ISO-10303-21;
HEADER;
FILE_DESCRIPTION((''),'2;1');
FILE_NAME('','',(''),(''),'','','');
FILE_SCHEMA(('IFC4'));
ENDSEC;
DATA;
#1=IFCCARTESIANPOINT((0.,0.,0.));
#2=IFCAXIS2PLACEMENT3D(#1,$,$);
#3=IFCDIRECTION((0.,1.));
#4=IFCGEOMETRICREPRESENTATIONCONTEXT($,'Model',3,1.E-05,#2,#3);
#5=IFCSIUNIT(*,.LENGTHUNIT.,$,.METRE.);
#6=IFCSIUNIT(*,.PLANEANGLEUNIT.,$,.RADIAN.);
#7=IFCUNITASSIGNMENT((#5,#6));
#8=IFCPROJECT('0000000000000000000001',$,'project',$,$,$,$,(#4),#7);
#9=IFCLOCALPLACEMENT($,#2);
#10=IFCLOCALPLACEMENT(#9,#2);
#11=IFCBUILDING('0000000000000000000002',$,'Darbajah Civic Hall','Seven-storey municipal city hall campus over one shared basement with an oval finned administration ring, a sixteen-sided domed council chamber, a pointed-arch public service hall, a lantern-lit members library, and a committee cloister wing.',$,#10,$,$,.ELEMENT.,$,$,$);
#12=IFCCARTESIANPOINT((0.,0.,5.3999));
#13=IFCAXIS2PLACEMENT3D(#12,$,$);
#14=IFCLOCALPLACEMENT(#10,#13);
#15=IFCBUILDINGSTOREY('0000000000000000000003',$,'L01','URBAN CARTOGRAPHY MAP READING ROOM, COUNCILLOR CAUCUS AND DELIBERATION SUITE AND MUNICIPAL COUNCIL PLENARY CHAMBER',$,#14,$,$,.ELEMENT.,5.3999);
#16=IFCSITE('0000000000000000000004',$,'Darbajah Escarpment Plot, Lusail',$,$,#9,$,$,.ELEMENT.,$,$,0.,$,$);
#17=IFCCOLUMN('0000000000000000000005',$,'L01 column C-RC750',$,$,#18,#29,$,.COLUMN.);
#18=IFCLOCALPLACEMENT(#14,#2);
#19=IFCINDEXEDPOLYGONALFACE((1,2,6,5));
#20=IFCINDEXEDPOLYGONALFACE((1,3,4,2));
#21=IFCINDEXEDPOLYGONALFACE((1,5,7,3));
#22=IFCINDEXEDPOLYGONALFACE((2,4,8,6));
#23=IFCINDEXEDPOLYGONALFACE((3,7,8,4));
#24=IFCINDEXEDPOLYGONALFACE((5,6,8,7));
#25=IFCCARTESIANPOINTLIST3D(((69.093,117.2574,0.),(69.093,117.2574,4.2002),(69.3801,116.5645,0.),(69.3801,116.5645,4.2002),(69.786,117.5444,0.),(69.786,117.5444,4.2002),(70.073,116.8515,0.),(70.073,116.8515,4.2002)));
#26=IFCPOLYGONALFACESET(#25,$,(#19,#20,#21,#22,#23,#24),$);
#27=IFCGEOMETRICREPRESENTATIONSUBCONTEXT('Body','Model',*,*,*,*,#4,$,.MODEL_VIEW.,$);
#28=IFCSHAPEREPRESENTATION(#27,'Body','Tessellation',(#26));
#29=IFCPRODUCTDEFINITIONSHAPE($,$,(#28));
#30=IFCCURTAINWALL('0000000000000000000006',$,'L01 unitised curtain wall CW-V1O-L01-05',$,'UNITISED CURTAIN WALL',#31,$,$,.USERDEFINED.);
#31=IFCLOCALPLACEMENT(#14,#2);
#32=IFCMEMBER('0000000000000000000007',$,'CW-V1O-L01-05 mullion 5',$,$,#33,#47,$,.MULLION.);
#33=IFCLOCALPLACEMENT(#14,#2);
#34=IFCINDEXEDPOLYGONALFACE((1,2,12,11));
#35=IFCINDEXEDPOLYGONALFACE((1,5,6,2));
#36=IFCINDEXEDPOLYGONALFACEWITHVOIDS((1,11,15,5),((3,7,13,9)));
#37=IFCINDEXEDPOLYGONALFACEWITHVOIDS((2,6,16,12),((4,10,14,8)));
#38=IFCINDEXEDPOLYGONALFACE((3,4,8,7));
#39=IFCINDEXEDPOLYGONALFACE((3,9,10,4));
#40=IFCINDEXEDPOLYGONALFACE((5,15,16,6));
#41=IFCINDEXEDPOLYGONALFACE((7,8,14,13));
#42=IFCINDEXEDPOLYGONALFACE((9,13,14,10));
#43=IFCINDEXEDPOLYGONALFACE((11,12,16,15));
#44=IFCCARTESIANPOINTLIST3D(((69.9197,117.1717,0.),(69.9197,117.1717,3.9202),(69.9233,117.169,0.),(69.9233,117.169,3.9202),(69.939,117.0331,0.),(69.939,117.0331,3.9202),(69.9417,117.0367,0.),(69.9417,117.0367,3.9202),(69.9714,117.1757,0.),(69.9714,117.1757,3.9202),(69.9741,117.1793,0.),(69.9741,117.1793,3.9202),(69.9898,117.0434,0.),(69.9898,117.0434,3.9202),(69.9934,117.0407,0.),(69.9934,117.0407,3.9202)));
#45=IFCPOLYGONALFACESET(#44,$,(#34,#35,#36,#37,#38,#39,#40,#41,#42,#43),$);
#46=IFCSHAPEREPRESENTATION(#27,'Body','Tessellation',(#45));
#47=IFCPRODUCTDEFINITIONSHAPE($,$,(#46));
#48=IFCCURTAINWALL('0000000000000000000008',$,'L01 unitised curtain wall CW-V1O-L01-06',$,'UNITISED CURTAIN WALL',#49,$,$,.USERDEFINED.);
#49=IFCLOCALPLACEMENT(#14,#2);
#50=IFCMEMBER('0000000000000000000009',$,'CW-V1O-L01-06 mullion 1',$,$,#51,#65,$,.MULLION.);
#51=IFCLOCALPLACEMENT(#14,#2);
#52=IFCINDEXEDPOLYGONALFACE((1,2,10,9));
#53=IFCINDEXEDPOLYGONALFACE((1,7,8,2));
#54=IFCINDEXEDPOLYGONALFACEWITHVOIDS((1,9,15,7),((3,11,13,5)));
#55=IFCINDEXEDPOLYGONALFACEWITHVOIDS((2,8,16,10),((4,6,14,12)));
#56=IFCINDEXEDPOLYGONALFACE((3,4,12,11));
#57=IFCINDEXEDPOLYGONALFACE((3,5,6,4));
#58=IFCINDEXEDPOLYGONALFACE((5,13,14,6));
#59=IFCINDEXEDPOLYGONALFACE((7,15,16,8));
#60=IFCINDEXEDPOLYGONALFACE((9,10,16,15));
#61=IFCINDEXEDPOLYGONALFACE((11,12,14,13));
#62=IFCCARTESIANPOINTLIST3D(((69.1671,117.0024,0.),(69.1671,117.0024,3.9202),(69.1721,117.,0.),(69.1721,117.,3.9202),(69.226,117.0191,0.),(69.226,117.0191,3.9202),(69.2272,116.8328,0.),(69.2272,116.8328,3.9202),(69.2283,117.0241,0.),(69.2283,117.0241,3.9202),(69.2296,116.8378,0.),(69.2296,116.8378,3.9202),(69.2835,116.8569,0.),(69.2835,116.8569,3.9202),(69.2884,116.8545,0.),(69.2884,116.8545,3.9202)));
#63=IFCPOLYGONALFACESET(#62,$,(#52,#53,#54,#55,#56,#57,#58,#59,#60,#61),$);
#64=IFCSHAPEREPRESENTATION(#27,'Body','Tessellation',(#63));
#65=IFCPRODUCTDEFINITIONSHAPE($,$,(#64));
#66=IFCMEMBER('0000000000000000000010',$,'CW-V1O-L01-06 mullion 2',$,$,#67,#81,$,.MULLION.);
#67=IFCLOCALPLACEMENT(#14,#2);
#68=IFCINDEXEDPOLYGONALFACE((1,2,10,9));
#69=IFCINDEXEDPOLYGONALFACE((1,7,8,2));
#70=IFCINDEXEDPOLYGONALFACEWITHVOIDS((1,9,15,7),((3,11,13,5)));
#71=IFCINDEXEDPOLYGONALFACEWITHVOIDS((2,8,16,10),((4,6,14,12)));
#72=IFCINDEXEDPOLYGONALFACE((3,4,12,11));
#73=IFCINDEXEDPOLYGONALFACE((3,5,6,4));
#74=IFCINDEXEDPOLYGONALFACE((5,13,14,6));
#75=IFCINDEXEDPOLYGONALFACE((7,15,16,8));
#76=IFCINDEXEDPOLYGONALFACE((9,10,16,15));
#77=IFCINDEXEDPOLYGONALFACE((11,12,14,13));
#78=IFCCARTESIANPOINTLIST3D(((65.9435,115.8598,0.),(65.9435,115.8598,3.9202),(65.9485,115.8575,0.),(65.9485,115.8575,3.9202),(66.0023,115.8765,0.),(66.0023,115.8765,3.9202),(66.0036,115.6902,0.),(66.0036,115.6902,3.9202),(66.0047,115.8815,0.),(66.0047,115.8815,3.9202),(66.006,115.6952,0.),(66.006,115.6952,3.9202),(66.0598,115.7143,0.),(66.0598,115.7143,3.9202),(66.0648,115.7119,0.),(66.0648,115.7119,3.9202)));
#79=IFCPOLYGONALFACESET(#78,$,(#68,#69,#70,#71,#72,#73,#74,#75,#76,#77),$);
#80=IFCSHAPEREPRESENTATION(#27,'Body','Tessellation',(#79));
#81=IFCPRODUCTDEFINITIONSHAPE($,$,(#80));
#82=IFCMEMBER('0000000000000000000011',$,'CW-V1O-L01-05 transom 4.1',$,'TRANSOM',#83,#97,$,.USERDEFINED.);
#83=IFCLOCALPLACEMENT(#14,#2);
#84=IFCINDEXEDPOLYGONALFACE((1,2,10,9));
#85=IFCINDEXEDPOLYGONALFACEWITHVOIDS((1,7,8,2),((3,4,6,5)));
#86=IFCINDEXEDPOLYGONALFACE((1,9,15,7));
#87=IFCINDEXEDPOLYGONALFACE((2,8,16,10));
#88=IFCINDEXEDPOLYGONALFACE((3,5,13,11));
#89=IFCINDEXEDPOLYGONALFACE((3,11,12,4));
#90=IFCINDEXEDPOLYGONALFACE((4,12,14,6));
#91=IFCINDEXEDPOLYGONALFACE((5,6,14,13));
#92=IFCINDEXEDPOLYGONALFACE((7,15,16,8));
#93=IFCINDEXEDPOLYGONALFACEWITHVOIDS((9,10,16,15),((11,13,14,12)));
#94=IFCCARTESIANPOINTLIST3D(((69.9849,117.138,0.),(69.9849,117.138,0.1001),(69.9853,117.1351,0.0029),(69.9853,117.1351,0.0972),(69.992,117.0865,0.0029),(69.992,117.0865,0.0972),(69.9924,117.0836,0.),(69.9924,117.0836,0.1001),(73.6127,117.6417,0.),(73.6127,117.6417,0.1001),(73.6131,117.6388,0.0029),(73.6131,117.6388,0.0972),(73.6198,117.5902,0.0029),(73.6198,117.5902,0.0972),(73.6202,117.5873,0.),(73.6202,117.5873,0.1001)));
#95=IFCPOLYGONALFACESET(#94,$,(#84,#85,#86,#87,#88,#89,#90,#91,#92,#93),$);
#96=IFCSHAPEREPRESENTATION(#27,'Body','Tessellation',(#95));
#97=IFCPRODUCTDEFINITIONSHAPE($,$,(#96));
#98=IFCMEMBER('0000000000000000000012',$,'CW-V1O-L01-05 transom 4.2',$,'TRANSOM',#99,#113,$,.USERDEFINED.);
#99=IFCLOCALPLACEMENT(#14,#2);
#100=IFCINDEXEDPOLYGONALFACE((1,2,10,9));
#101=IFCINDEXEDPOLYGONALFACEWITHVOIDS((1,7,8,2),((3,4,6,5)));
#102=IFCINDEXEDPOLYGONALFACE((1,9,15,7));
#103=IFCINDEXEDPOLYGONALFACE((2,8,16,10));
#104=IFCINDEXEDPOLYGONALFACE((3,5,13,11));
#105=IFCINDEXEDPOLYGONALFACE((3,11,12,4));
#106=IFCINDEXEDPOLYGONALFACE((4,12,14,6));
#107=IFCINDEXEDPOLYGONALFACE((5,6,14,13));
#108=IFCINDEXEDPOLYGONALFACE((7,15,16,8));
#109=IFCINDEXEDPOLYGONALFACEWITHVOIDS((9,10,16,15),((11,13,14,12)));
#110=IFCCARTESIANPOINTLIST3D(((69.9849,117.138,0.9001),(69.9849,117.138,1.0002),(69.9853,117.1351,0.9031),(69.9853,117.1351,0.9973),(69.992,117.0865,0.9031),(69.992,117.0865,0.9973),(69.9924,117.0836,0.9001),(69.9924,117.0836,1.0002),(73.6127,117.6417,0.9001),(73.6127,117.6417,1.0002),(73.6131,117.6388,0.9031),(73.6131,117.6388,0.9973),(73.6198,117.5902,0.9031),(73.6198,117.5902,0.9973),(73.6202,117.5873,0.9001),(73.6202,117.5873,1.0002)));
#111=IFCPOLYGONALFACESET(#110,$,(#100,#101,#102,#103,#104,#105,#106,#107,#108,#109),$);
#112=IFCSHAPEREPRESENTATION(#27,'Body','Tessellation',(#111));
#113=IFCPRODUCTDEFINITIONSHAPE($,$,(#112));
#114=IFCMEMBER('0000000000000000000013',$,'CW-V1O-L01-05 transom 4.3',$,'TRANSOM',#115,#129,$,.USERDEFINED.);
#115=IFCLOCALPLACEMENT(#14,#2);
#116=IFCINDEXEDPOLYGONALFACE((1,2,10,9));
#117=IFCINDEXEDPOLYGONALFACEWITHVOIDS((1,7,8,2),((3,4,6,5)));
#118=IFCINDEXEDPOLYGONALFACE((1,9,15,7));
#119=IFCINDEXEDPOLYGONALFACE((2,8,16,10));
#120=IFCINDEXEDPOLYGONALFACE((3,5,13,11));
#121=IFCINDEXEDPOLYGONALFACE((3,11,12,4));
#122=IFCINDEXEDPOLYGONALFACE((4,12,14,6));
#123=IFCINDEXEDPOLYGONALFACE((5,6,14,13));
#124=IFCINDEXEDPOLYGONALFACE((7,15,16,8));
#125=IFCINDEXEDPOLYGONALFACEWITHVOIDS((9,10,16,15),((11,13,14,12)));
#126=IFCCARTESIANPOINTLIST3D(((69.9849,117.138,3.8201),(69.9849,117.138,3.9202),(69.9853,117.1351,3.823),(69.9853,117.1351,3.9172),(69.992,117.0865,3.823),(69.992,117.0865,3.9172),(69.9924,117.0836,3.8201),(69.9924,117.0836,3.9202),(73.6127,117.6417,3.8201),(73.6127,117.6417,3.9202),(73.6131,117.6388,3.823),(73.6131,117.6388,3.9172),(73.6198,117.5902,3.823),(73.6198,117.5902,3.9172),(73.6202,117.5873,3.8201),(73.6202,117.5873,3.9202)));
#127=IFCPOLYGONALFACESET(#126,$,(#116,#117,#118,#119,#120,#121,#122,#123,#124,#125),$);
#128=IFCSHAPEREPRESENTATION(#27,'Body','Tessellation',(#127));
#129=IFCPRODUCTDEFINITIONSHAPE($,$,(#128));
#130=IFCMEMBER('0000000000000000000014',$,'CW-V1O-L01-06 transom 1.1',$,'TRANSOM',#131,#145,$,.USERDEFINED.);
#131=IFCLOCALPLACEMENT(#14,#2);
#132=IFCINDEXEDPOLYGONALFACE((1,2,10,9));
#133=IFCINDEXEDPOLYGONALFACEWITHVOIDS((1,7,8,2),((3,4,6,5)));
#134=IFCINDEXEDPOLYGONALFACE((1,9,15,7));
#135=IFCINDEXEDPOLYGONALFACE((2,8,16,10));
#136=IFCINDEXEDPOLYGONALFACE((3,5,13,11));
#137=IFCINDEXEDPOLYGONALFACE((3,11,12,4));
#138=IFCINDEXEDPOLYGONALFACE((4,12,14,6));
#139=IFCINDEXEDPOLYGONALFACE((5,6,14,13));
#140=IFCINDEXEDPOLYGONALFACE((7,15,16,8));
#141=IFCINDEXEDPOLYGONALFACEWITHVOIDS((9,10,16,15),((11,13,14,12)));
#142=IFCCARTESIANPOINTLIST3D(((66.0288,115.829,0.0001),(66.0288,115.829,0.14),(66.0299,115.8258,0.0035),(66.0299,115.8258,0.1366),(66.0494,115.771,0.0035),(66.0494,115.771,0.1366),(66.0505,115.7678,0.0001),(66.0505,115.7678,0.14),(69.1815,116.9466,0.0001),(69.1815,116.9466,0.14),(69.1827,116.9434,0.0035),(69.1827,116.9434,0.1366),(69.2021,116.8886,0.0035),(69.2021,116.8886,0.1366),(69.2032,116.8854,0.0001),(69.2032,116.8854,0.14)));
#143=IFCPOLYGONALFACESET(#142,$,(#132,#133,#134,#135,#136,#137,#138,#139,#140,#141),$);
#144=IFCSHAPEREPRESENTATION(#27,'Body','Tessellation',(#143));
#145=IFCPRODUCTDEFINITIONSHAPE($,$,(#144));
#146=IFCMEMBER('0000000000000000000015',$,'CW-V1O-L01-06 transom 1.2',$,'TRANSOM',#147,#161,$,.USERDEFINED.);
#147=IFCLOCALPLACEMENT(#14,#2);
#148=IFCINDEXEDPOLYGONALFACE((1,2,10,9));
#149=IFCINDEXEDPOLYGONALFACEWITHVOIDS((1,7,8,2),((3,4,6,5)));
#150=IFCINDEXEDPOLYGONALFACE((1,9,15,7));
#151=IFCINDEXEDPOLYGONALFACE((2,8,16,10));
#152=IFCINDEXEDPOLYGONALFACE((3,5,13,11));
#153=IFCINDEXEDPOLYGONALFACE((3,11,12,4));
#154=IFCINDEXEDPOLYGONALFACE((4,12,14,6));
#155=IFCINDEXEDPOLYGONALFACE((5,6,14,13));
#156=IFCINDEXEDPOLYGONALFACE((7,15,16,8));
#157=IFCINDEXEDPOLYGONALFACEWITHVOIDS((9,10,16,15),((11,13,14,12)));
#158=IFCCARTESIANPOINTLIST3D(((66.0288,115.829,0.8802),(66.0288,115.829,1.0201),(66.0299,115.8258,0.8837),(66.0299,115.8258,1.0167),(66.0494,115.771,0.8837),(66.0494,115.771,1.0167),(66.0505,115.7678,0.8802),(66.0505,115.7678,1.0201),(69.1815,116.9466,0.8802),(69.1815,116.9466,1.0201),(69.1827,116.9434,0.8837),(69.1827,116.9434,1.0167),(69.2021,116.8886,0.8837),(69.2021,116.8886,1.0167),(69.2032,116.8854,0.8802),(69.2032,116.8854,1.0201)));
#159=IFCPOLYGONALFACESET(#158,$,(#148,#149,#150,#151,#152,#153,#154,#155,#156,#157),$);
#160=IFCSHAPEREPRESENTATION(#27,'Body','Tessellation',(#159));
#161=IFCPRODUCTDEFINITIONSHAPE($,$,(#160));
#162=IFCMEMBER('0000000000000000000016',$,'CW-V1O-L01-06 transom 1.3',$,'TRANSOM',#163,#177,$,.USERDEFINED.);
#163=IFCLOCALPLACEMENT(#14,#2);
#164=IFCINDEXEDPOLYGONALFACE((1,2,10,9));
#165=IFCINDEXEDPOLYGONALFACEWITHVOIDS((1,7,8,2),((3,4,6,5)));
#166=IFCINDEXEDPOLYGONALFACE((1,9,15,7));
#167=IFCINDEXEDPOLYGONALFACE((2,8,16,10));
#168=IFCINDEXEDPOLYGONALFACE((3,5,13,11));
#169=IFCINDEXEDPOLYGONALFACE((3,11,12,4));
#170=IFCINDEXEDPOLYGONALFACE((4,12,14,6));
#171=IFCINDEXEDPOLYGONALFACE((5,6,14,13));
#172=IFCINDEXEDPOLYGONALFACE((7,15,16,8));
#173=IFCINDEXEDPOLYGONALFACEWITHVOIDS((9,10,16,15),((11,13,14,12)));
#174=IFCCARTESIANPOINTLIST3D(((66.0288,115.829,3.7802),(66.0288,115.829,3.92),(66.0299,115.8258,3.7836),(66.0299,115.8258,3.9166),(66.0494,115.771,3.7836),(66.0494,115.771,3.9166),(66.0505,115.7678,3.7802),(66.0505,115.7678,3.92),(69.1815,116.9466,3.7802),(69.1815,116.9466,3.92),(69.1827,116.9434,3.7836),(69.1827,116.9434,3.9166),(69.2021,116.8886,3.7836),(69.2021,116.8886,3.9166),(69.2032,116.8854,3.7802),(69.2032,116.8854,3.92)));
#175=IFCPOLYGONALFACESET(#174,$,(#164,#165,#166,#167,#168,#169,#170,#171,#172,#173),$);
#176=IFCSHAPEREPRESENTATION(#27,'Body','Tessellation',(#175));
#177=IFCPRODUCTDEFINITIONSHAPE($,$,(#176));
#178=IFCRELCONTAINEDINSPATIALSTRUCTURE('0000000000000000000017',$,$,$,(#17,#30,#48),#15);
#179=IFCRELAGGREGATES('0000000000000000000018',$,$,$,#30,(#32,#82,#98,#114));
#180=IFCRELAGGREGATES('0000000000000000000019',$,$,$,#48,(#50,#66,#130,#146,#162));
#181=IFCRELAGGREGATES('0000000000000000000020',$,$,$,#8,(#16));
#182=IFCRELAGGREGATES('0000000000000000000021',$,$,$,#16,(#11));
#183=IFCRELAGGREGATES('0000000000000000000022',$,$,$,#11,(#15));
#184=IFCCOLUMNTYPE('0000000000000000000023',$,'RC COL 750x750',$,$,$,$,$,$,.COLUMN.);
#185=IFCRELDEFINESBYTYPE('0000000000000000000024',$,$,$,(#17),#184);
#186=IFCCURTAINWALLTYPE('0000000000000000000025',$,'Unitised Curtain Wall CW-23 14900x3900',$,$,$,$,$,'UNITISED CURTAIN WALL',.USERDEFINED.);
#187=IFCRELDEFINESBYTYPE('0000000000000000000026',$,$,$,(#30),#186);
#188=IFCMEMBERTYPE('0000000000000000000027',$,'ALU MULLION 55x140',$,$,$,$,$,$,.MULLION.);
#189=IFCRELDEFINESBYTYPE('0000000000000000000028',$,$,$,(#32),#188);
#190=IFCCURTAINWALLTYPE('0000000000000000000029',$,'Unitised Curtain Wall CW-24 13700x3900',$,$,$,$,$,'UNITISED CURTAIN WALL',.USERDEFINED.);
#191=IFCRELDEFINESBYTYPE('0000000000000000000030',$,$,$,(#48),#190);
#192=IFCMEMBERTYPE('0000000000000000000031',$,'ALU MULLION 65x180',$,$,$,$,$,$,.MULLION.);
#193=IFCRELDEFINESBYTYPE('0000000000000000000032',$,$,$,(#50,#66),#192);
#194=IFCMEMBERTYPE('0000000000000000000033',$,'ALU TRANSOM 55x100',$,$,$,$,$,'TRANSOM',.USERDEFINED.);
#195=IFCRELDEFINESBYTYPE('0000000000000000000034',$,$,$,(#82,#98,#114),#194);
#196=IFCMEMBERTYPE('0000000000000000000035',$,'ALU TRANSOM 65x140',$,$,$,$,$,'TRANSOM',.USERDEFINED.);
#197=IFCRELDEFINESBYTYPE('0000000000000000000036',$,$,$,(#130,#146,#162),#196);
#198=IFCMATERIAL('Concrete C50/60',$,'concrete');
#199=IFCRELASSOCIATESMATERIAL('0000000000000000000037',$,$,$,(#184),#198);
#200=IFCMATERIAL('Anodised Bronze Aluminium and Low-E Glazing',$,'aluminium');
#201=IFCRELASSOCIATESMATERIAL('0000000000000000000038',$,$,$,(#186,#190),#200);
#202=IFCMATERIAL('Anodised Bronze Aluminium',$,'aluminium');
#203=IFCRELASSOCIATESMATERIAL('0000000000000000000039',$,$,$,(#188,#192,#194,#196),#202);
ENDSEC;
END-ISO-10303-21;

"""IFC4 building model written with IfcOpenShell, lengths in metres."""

from ifc_helpers import new_model, si_unit, direction, frame, origin, origin_2d, place, context, subcontext, project, spatial, rectangle, hollow_rectangle, extrude, material, material_profile, profile_set, type_object, element, aggregate, save


model = new_model("IFC4")

# Units and contexts
model_context = context("Model", 3, precision=1e-05, world=origin(), true_north=direction((0.0, 1.0)))
body_context = subcontext(model_context, "Body", "Model", "MODEL_VIEW")
ifc_project = project(units=[si_unit("LENGTHUNIT", "METRE"), si_unit("PLANEANGLEUNIT", "RADIAN")], contexts=[model_context])

# Site, building, storey
site_placement = place(None, origin())
site = spatial("IfcSite", under=ifc_project, at=site_placement, Name="Darbajah Escarpment Plot, Lusail", CompositionType="ELEMENT", RefElevation=0.0)
building_placement = place(site_placement, origin())
building = spatial("IfcBuilding", under=site, at=building_placement, Name="Darbajah Civic Hall", Description="Seven-storey municipal city hall campus over one shared basement with an oval finned administration ring, a sixteen-sided domed council chamber, a pointed-arch public service hall, a lantern-lit members library, and a committee cloister wing.", CompositionType="ELEMENT")
storey_placement = place(building_placement, frame((0.0, 0.0, 5.3999)))
storey = spatial("IfcBuildingStorey", under=building, at=storey_placement, Name="L01", Description="URBAN CARTOGRAPHY MAP READING ROOM, COUNCILLOR CAUCUS AND DELIBERATION SUITE AND MUNICIPAL COUNCIL PLENARY CHAMBER", CompositionType="ELEMENT", Elevation=5.3999)

# Column
ifc_material_1 = material(Name="Concrete C50/60", Category="concrete")
ifc_material_profile_1 = material_profile(ifc_material_1, rectangle(XDim=0.75, YDim=0.75, at=origin_2d()), Name="RC COL 750x750")
ifc_profile_set_1 = profile_set([ifc_material_profile_1], Name="Concrete C50/60")
column_type = type_object("IfcColumnType", Name="RC COL 750x750", PredefinedType="COLUMN", material=ifc_profile_set_1)
column_placement = place(storey_placement, frame((69.583, 117.0544, 0.0), z_axis=(0.0, 0.0, 1.0), x_axis=(-0.382683, 0.92388, 0.0)))
element("IfcColumn", 1, at=column_placement, inside=storey, type_object=column_type, Name="L01 column C-RC750", PredefinedType="COLUMN", context=body_context, shape_type="SweptSolid", body=[
    extrude(rectangle(XDim=0.75, YDim=0.75, at=origin_2d()), origin(), (0.0, 0.0, 1.0), 4.2002),
])

# Curtain wall, member
ifc_material_2 = material(Name="Anodised Bronze Aluminium and Low-E Glazing", Category="aluminium")
curtain_wall_type_1 = type_object("IfcCurtainWallType", Name="Unitised Curtain Wall CW-23 14900x3900", ElementType="UNITISED CURTAIN WALL", PredefinedType="USERDEFINED", material=ifc_material_2)
curtain_wall_1_placement = place(storey_placement, origin())
curtain_wall_1 = element("IfcCurtainWall", 2, at=curtain_wall_1_placement, inside=storey, type_object=curtain_wall_type_1, Name="L01 unitised curtain wall CW-V1O-L01-05", ObjectType="UNITISED CURTAIN WALL", PredefinedType="USERDEFINED")
ifc_material_3 = material(Name="Anodised Bronze Aluminium", Category="aluminium")
ifc_material_profile_2 = material_profile(ifc_material_3, hollow_rectangle(XDim=0.0549, YDim=0.1399, WallThickness=0.0032, at=origin_2d()), Name="ALU MULLION 55x140")
ifc_profile_set_2 = profile_set([ifc_material_profile_2], Name="Anodised Bronze Aluminium")
member_type_1 = type_object("IfcMemberType", Name="ALU MULLION 55x140", PredefinedType="MULLION", material=ifc_profile_set_2)
member_1_placement = place(storey_placement, frame((69.9565, 117.1062, 0.0), z_axis=(0.0, 0.0, 1.0), x_axis=(-0.990485, -0.137617, 0.0)))
member_1 = element("IfcMember", 3, at=member_1_placement, type_object=member_type_1, Name="CW-V1O-L01-05 mullion 5", PredefinedType="MULLION", context=body_context, shape_type="SweptSolid", body=[
    extrude(hollow_rectangle(XDim=0.0549, YDim=0.1399, WallThickness=0.0032, at=origin_2d()), origin(), (0.0, 0.0, 1.0), 3.9202),
])

# Curtain wall, members
curtain_wall_type_2 = type_object("IfcCurtainWallType", Name="Unitised Curtain Wall CW-24 13700x3900", ElementType="UNITISED CURTAIN WALL", PredefinedType="USERDEFINED", material=ifc_material_2)
curtain_wall_2_placement = place(storey_placement, origin())
curtain_wall_2 = element("IfcCurtainWall", 4, at=curtain_wall_2_placement, inside=storey, type_object=curtain_wall_type_2, Name="L01 unitised curtain wall CW-V1O-L01-06", ObjectType="UNITISED CURTAIN WALL", PredefinedType="USERDEFINED")
ifc_material_profile_3 = material_profile(ifc_material_3, hollow_rectangle(XDim=0.0649, YDim=0.1799, WallThickness=0.0039, at=origin_2d()), Name="ALU MULLION 65x180")
ifc_profile_set_3 = profile_set([ifc_material_profile_3], Name="Anodised Bronze Aluminium")
member_type_2 = type_object("IfcMemberType", Name="ALU MULLION 65x180", PredefinedType="MULLION", material=ifc_profile_set_3)
member_2_placement = place(storey_placement, frame((69.2278, 116.9285, 0.0), z_axis=(0.0, 0.0, 1.0), x_axis=(-0.942525, -0.334136, 0.0)))
member_2 = element("IfcMember", 5, at=member_2_placement, type_object=member_type_2, Name="CW-V1O-L01-06 mullion 1", PredefinedType="MULLION", context=body_context, shape_type="SweptSolid", body=[
    extrude(hollow_rectangle(XDim=0.0649, YDim=0.1799, WallThickness=0.0039, at=origin_2d()), origin(), (0.0, 0.0, 1.0), 3.9202),
])
member_3_placement = place(storey_placement, frame((66.0042, 115.7859, 0.0), z_axis=(0.0, 0.0, 1.0), x_axis=(-0.942525, -0.334136, 0.0)))
member_3 = element("IfcMember", 6, at=member_3_placement, type_object=member_type_2, Name="CW-V1O-L01-06 mullion 2", PredefinedType="MULLION", context=body_context, shape_type="SweptSolid", body=[
    extrude(hollow_rectangle(XDim=0.0649, YDim=0.1799, WallThickness=0.0039, at=origin_2d()), origin(), (0.0, 0.0, 1.0), 3.9202),
])

# Members
ifc_material_profile_4 = material_profile(ifc_material_3, hollow_rectangle(XDim=0.0549, YDim=0.1001, WallThickness=0.0029, at=origin_2d()), Name="ALU TRANSOM 55x100")
ifc_profile_set_4 = profile_set([ifc_material_profile_4], Name="Anodised Bronze Aluminium")
member_type_3 = type_object("IfcMemberType", Name="ALU TRANSOM 55x100", ElementType="TRANSOM", PredefinedType="USERDEFINED", material=ifc_profile_set_4)
member_4_placement = place(storey_placement, frame((73.6165, 117.6145, 0.05), z_axis=(-0.990499, -0.137519, 0.0), x_axis=(0.137519, -0.990499, 0.0)))
member_4 = element("IfcMember", 7, at=member_4_placement, type_object=member_type_3, Name="CW-V1O-L01-05 transom 4.1", ObjectType="TRANSOM", PredefinedType="USERDEFINED", context=body_context, shape_type="SweptSolid", body=[
    extrude(hollow_rectangle(XDim=0.0549, YDim=0.1001, WallThickness=0.0029, at=origin_2d()), origin(), (0.0, 0.0, 1.0), 3.6626),
])
member_5_placement = place(storey_placement, frame((73.6165, 117.6145, 0.9502), z_axis=(-0.990499, -0.137519, 0.0), x_axis=(0.137519, -0.990499, 0.0)))
member_5 = element("IfcMember", 8, at=member_5_placement, type_object=member_type_3, Name="CW-V1O-L01-05 transom 4.2", ObjectType="TRANSOM", PredefinedType="USERDEFINED", context=body_context, shape_type="SweptSolid", body=[
    extrude(hollow_rectangle(XDim=0.0549, YDim=0.1001, WallThickness=0.0029, at=origin_2d()), origin(), (0.0, 0.0, 1.0), 3.6626),
])
member_6_placement = place(storey_placement, frame((73.6165, 117.6145, 3.8701), z_axis=(-0.990499, -0.137519, 0.0), x_axis=(0.137519, -0.990499, 0.0)))
member_6 = element("IfcMember", 9, at=member_6_placement, type_object=member_type_3, Name="CW-V1O-L01-05 transom 4.3", ObjectType="TRANSOM", PredefinedType="USERDEFINED", context=body_context, shape_type="SweptSolid", body=[
    extrude(hollow_rectangle(XDim=0.0549, YDim=0.1001, WallThickness=0.0029, at=origin_2d()), origin(), (0.0, 0.0, 1.0), 3.6626),
])
ifc_material_profile_5 = material_profile(ifc_material_3, hollow_rectangle(XDim=0.0649, YDim=0.1399, WallThickness=0.0034, at=origin_2d()), Name="ALU TRANSOM 65x140")
ifc_profile_set_5 = profile_set([ifc_material_profile_5], Name="Anodised Bronze Aluminium")
member_type_4 = type_object("IfcMemberType", Name="ALU TRANSOM 65x140", ElementType="TRANSOM", PredefinedType="USERDEFINED", material=ifc_profile_set_5)
member_7_placement = place(storey_placement, frame((69.1924, 116.916, 0.0701), z_axis=(-0.942529, -0.334125, 0.0), x_axis=(0.334125, -0.942529, 0.0)))
member_7 = element("IfcMember", 10, at=member_7_placement, type_object=member_type_4, Name="CW-V1O-L01-06 transom 1.1", ObjectType="TRANSOM", PredefinedType="USERDEFINED", context=body_context, shape_type="SweptSolid", body=[
    extrude(hollow_rectangle(XDim=0.0649, YDim=0.1399, WallThickness=0.0034, at=origin_2d()), origin(), (0.0, 0.0, 1.0), 3.345),
])
member_8_placement = place(storey_placement, frame((69.1924, 116.916, 0.9502), z_axis=(-0.942529, -0.334125, 0.0), x_axis=(0.334125, -0.942529, 0.0)))
member_8 = element("IfcMember", 11, at=member_8_placement, type_object=member_type_4, Name="CW-V1O-L01-06 transom 1.2", ObjectType="TRANSOM", PredefinedType="USERDEFINED", context=body_context, shape_type="SweptSolid", body=[
    extrude(hollow_rectangle(XDim=0.0649, YDim=0.1399, WallThickness=0.0034, at=origin_2d()), origin(), (0.0, 0.0, 1.0), 3.345),
])
member_9_placement = place(storey_placement, frame((69.1924, 116.916, 3.8501), z_axis=(-0.942529, -0.334125, 0.0), x_axis=(0.334125, -0.942529, 0.0)))
member_9 = element("IfcMember", 12, at=member_9_placement, type_object=member_type_4, Name="CW-V1O-L01-06 transom 1.3", ObjectType="TRANSOM", PredefinedType="USERDEFINED", context=body_context, shape_type="SweptSolid", body=[
    extrude(hollow_rectangle(XDim=0.0649, YDim=0.1399, WallThickness=0.0034, at=origin_2d()), origin(), (0.0, 0.0, 1.0), 3.345),
])

aggregate(curtain_wall_1, [member_1, member_4, member_5, member_6])
aggregate(curtain_wall_2, [member_2, member_3, member_7, member_8, member_9])

save(model, "model.ifc")
